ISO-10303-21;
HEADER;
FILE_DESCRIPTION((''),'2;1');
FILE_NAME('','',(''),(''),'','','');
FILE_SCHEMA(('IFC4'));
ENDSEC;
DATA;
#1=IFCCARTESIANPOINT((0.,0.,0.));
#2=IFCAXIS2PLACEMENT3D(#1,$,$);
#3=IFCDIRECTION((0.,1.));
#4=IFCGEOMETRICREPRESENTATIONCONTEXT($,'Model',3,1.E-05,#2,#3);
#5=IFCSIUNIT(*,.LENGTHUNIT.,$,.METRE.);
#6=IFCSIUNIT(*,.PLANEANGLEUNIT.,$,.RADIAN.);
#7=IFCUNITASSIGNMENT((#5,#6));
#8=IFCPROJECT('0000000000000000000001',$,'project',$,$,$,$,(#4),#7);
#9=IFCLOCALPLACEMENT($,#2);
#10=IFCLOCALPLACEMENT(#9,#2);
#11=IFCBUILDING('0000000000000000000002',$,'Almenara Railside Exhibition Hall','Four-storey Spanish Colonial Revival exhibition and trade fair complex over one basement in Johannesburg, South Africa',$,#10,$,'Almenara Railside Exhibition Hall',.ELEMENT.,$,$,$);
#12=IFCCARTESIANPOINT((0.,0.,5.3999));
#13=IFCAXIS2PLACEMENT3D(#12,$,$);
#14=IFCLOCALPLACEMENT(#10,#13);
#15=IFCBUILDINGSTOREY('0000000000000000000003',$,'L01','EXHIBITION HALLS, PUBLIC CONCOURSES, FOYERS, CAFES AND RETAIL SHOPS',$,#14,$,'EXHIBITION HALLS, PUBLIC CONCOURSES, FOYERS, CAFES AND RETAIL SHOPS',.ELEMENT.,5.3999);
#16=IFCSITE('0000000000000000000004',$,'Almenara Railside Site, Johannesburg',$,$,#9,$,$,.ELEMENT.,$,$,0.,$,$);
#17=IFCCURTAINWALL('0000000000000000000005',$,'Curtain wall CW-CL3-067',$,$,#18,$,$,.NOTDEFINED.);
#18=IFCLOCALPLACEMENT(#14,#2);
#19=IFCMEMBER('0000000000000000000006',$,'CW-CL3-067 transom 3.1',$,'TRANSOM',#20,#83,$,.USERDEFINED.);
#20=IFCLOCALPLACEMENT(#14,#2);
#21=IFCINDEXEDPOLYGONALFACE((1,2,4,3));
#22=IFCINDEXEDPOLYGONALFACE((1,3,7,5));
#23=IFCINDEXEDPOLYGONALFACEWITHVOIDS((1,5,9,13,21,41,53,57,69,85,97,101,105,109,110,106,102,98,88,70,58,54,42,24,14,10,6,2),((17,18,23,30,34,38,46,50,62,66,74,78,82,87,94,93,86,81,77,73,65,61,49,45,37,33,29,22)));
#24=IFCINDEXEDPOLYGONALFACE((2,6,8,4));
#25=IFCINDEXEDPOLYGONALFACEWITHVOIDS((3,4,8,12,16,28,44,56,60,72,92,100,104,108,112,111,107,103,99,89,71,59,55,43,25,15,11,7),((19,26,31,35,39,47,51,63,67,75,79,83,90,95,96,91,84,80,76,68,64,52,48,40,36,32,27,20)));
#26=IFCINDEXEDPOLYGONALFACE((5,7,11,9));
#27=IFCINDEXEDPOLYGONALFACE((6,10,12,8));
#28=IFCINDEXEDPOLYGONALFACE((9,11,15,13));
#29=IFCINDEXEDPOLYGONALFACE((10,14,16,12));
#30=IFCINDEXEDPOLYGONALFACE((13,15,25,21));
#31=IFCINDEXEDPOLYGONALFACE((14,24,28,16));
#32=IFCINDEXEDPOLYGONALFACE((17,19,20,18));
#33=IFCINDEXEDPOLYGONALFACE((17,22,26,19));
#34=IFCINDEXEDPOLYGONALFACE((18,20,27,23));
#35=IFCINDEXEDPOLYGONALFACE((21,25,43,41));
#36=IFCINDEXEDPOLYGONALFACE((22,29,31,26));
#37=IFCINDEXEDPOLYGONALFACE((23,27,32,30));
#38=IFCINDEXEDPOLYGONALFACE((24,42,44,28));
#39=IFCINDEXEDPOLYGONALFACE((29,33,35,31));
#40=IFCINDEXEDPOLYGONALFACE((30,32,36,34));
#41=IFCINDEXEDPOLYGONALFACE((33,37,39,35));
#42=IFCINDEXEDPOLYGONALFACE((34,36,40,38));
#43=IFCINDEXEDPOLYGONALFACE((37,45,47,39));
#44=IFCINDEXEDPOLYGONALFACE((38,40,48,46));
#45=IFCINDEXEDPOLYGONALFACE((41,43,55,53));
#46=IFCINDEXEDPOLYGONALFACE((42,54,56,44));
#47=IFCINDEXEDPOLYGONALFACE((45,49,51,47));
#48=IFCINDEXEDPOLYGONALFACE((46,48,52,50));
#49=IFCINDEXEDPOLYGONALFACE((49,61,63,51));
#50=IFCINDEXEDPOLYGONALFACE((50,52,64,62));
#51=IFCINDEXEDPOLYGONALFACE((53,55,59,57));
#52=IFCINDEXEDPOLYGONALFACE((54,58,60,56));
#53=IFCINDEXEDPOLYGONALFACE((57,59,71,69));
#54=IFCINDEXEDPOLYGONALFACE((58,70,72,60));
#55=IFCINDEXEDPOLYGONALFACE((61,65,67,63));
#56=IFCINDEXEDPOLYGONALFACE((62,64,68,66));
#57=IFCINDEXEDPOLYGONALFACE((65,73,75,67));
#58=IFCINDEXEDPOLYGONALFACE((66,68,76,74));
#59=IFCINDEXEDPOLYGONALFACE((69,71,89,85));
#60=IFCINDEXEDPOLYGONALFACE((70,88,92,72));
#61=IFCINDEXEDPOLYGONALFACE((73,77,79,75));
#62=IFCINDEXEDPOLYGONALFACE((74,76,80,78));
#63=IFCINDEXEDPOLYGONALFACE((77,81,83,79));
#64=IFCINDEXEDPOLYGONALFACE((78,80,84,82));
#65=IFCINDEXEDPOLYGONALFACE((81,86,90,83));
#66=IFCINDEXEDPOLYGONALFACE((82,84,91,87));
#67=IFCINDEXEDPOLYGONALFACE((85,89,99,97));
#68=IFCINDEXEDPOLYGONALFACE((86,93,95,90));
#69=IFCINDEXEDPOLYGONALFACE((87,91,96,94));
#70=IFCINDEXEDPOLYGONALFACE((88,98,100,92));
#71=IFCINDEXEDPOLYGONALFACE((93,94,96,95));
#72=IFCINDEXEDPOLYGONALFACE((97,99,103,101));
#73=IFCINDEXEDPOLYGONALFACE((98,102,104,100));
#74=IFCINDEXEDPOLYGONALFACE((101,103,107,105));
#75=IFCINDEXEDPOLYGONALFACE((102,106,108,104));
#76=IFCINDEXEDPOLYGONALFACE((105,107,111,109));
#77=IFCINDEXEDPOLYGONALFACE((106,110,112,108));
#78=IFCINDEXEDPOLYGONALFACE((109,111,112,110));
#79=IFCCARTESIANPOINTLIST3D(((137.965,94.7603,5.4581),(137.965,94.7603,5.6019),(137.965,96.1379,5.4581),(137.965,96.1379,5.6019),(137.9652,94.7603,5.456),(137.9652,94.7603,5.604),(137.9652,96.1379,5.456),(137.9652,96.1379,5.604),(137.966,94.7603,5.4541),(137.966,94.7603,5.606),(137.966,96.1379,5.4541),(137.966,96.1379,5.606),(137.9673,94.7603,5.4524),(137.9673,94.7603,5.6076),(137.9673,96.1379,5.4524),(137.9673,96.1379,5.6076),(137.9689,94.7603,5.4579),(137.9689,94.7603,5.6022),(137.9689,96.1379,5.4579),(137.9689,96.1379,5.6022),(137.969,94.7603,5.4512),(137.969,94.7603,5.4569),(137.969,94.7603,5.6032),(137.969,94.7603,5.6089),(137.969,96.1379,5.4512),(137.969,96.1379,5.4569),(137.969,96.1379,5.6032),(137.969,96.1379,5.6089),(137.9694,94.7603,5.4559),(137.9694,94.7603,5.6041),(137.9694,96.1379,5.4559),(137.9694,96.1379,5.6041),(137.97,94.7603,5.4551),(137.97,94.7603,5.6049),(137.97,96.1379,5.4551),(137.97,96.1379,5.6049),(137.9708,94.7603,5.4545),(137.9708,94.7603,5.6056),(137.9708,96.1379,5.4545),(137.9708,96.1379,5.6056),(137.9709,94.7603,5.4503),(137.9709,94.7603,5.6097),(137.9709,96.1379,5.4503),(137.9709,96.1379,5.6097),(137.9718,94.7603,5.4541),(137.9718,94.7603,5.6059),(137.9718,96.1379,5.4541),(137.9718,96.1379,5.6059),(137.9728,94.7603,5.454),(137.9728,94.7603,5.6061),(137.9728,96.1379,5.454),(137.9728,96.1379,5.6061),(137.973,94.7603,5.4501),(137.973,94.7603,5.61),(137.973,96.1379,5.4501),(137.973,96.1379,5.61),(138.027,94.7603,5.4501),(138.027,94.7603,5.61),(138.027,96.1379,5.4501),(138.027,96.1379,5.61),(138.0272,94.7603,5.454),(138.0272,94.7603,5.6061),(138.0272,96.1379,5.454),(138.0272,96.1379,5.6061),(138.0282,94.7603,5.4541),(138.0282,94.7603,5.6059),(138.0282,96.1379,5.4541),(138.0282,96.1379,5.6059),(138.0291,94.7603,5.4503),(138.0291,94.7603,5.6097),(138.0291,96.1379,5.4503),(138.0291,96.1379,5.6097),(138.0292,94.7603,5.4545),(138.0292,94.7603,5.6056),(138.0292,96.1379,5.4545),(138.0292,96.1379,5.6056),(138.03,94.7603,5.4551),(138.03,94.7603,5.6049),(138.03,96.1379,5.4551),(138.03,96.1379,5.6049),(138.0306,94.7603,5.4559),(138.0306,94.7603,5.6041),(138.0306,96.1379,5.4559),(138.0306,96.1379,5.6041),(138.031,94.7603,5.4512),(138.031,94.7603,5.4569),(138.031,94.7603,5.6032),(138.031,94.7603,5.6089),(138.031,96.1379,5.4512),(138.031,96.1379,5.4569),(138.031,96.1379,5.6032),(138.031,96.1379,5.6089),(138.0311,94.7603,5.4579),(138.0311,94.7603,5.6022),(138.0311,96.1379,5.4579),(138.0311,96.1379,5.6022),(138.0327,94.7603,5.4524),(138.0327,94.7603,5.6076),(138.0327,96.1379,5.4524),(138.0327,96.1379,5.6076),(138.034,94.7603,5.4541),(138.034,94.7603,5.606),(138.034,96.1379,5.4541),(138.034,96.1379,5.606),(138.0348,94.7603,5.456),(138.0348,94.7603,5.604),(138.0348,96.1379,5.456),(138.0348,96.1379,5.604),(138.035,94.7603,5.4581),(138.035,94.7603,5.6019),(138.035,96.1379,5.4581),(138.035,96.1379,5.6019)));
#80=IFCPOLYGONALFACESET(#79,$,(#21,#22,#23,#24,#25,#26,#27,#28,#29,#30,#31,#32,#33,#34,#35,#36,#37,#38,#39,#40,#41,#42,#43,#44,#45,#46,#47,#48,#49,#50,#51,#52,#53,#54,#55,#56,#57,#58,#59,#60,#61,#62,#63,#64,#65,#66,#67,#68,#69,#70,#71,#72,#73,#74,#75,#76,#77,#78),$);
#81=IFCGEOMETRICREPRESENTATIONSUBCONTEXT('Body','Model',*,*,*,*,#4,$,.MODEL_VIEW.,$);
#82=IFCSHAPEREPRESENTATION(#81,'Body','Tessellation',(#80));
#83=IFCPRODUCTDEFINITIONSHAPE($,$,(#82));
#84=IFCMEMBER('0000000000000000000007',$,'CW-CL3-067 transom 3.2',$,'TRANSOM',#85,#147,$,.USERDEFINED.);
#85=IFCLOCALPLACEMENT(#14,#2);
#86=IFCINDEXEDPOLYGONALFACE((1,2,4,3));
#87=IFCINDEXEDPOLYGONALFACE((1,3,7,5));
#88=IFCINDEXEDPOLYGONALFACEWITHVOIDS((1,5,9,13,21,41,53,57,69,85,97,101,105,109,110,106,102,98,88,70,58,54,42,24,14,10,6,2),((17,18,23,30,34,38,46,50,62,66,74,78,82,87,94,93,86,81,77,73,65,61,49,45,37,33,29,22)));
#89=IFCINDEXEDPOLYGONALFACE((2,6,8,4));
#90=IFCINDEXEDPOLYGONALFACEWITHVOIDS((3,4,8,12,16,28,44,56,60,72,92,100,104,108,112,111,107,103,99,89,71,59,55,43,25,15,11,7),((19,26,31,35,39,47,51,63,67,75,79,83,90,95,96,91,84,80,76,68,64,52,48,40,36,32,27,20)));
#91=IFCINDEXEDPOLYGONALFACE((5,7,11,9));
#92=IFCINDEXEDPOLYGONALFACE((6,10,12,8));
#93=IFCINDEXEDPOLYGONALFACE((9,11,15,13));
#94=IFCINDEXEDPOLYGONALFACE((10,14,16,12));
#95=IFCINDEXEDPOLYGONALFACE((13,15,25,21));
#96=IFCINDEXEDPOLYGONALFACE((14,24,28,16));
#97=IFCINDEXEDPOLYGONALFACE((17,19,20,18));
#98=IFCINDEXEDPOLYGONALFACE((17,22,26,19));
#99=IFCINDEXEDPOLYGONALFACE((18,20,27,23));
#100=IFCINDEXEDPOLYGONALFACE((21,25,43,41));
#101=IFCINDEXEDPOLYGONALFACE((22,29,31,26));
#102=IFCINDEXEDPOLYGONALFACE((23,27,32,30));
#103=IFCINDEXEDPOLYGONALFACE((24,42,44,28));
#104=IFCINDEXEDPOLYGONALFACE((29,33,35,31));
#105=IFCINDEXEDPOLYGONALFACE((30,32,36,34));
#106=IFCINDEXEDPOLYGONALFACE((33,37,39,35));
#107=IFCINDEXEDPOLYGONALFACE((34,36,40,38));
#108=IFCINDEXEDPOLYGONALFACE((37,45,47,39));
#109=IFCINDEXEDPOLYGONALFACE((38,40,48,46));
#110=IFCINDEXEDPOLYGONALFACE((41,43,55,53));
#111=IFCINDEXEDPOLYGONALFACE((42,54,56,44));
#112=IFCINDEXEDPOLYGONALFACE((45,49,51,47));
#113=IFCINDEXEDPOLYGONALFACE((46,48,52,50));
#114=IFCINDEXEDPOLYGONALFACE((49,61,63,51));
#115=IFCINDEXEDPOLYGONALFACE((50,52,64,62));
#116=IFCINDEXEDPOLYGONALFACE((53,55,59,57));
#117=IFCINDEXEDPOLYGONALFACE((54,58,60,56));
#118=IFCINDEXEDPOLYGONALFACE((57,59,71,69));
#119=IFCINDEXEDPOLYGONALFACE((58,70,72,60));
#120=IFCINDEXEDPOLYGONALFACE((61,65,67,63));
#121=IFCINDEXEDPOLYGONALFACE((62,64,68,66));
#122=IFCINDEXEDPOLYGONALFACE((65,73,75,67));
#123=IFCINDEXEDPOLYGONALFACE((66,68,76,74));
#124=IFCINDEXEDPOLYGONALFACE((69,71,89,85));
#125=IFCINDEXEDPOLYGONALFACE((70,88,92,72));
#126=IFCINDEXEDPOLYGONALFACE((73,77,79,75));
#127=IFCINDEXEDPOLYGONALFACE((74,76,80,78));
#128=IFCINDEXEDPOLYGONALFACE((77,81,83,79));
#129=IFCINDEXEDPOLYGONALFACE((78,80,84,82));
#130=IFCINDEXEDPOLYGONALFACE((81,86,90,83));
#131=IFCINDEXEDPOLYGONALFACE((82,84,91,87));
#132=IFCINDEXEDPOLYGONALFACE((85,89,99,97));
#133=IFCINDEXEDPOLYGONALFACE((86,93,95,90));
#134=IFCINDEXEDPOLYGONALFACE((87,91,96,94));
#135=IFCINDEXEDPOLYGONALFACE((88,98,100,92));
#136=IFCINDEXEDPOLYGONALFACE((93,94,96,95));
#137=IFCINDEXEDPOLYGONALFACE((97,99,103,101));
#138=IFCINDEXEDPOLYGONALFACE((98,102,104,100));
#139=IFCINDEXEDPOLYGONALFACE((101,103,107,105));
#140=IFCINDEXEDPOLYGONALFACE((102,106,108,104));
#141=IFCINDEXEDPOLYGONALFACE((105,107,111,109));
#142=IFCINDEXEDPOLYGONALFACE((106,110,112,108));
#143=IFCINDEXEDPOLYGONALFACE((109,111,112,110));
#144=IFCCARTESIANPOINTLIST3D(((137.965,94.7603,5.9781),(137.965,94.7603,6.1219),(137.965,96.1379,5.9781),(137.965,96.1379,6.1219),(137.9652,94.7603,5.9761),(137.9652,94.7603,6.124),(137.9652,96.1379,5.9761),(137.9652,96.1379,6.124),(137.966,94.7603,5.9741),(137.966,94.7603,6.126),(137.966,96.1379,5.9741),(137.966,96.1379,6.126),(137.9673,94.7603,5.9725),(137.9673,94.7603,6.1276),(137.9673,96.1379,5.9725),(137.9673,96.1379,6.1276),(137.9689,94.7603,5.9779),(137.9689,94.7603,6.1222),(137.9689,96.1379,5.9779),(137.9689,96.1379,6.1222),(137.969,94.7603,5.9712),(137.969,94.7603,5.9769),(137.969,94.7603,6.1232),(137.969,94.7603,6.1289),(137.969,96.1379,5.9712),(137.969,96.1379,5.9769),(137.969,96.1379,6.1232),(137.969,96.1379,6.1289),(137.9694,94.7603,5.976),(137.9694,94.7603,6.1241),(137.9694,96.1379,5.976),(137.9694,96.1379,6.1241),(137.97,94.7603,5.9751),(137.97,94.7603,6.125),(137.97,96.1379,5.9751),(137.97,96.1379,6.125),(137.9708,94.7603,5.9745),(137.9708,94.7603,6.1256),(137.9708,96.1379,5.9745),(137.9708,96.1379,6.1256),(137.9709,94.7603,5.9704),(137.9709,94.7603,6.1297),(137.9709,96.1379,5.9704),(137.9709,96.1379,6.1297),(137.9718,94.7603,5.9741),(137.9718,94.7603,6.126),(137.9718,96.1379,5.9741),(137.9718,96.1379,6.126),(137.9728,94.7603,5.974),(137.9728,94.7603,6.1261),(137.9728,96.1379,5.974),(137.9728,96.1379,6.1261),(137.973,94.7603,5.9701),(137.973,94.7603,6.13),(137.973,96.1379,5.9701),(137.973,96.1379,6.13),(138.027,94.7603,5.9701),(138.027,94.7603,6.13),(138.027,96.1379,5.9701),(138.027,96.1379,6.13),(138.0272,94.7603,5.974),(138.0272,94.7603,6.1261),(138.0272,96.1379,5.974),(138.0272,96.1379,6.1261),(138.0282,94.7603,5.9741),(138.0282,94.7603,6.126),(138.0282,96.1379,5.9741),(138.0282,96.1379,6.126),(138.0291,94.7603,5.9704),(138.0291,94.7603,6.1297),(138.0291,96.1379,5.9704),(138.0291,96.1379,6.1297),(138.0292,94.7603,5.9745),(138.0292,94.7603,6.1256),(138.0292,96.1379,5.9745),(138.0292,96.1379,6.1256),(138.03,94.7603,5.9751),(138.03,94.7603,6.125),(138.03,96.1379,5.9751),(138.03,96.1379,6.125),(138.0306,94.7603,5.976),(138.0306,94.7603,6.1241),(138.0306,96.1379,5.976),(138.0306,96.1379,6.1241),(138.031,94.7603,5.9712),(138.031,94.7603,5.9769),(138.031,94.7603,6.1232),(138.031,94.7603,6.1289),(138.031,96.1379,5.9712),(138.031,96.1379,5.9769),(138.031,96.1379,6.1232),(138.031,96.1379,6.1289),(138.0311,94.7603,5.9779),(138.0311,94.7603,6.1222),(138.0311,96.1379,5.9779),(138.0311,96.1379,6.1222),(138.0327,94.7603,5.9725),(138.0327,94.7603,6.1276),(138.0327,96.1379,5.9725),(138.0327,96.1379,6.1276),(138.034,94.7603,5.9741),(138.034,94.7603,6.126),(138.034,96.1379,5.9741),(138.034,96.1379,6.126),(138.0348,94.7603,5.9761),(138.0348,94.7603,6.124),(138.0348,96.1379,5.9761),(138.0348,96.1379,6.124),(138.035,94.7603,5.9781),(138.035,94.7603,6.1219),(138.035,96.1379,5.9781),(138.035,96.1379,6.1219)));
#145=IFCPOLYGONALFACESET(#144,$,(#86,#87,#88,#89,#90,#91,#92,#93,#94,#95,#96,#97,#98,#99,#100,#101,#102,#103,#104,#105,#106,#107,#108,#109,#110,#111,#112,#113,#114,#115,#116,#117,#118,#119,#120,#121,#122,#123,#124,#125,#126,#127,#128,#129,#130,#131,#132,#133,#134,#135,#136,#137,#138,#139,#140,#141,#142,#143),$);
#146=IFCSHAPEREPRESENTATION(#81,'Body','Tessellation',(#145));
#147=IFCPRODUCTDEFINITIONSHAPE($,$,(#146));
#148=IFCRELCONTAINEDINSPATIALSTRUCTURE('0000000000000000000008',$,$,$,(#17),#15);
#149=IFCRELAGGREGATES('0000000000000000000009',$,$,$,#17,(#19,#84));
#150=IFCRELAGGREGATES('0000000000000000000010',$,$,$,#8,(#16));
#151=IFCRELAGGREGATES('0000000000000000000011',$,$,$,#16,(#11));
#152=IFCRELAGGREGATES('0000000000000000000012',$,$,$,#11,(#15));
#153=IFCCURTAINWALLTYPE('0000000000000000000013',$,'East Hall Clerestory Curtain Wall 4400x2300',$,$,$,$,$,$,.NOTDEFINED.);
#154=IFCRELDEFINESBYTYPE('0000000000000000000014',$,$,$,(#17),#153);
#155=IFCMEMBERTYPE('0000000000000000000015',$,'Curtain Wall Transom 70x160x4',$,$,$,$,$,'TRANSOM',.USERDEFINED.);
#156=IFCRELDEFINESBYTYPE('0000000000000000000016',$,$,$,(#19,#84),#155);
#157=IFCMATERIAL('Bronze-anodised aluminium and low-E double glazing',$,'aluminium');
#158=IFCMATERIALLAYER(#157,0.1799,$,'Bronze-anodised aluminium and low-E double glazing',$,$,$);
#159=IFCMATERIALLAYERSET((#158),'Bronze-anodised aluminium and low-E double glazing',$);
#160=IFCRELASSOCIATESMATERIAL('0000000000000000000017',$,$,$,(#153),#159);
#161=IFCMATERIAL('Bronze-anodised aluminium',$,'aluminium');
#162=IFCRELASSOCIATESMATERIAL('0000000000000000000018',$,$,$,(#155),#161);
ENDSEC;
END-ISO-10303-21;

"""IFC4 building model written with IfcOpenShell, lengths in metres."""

from ifc_helpers import new_model, si_unit, direction, frame, origin, origin_2d, place, context, subcontext, project, spatial, hollow_rectangle, extrude, material, layer, layer_set, material_profile, profile_set, type_object, element, aggregate, save


model = new_model("IFC4")

# Units and contexts
model_context = context("Model", 3, precision=1e-05, world=origin(), true_north=direction((0.0, 1.0)))
body_context = subcontext(model_context, "Body", "Model", "MODEL_VIEW")
ifc_project = project(units=[si_unit("LENGTHUNIT", "METRE"), si_unit("PLANEANGLEUNIT", "RADIAN")], contexts=[model_context])

# Site, building, storey
site_placement = place(None, origin())
site = spatial("IfcSite", under=ifc_project, at=site_placement, Name="Almenara Railside Site, Johannesburg", CompositionType="ELEMENT", RefElevation=0.0)
building_placement = place(site_placement, origin())
building = spatial("IfcBuilding", under=site, at=building_placement, Name="Almenara Railside Exhibition Hall", Description="Four-storey Spanish Colonial Revival exhibition and trade fair complex over one basement in Johannesburg, South Africa", LongName="Almenara Railside Exhibition Hall", CompositionType="ELEMENT")
storey_placement = place(building_placement, frame((0.0, 0.0, 5.3999)))
storey = spatial("IfcBuildingStorey", under=building, at=storey_placement, Name="L01", Description="EXHIBITION HALLS, PUBLIC CONCOURSES, FOYERS, CAFES AND RETAIL SHOPS", LongName="EXHIBITION HALLS, PUBLIC CONCOURSES, FOYERS, CAFES AND RETAIL SHOPS", CompositionType="ELEMENT", Elevation=5.3999)

# Shared definitions
ifc_material_1 = material(Name="Bronze-anodised aluminium and low-E double glazing", Category="aluminium")
ifc_material_2 = material(Name="Bronze-anodised aluminium", Category="aluminium")

# Curtain wall, members
ifc_layer_1 = layer(ifc_material_1, 0.1799, Name="Bronze-anodised aluminium and low-E double glazing")
ifc_layer_set_1 = layer_set([ifc_layer_1], Name="Bronze-anodised aluminium and low-E double glazing")
curtain_wall_type_1 = type_object("IfcCurtainWallType", Name="East Hall Clerestory Curtain Wall 4400x2300", PredefinedType="NOTDEFINED", material=ifc_layer_set_1)
curtain_wall_1_placement = place(storey_placement, origin())
curtain_wall_1 = element("IfcCurtainWall", 1, at=curtain_wall_1_placement, inside=storey, type_object=curtain_wall_type_1, Name="Curtain wall CW-CL3-067", PredefinedType="NOTDEFINED")
ifc_material_profile_1 = material_profile(ifc_material_2, hollow_rectangle(XDim=0.0701, YDim=0.1599, WallThickness=0.0039, InnerFilletRadius=0.0039, OuterFilletRadius=0.0081, at=origin_2d()), Name="ALU-TRN 70x160x4")
ifc_profile_set_1 = profile_set([ifc_material_profile_1], Name="Bronze-anodised aluminium")
member_type_1 = type_object("IfcMemberType", Name="Curtain Wall Transom 70x160x4", ElementType="TRANSOM", PredefinedType="USERDEFINED", material=ifc_profile_set_1)
member_1_placement = place(storey_placement, frame((138.0, 94.7603, 5.53), z_axis=(0.0, 1.0, 0.0), x_axis=(-1.0, 0.0, 0.0)))
member_1 = element("IfcMember", 2, at=member_1_placement, type_object=member_type_1, Name="CW-CL3-067 transom 3.1", ObjectType="TRANSOM", PredefinedType="USERDEFINED", context=body_context, shape_type="SweptSolid", body=[
    extrude(hollow_rectangle(XDim=0.0701, YDim=0.1599, WallThickness=0.0039, InnerFilletRadius=0.0039, OuterFilletRadius=0.0081, at=origin_2d()), origin(), (0.0, 0.0, 1.0), 1.3777),
])
member_2_placement = place(storey_placement, frame((138.0, 94.7603, 6.05), z_axis=(0.0, 1.0, 0.0), x_axis=(-1.0, 0.0, 0.0)))
member_2 = element("IfcMember", 3, at=member_2_placement, type_object=member_type_1, Name="CW-CL3-067 transom 3.2", ObjectType="TRANSOM", PredefinedType="USERDEFINED", context=body_context, shape_type="SweptSolid", body=[
    extrude(hollow_rectangle(XDim=0.0701, YDim=0.1599, WallThickness=0.0039, InnerFilletRadius=0.0039, OuterFilletRadius=0.0081, at=origin_2d()), origin(), (0.0, 0.0, 1.0), 1.3777),
])

aggregate(curtain_wall_1, [member_1, member_2])

save(model, "model.ifc")
